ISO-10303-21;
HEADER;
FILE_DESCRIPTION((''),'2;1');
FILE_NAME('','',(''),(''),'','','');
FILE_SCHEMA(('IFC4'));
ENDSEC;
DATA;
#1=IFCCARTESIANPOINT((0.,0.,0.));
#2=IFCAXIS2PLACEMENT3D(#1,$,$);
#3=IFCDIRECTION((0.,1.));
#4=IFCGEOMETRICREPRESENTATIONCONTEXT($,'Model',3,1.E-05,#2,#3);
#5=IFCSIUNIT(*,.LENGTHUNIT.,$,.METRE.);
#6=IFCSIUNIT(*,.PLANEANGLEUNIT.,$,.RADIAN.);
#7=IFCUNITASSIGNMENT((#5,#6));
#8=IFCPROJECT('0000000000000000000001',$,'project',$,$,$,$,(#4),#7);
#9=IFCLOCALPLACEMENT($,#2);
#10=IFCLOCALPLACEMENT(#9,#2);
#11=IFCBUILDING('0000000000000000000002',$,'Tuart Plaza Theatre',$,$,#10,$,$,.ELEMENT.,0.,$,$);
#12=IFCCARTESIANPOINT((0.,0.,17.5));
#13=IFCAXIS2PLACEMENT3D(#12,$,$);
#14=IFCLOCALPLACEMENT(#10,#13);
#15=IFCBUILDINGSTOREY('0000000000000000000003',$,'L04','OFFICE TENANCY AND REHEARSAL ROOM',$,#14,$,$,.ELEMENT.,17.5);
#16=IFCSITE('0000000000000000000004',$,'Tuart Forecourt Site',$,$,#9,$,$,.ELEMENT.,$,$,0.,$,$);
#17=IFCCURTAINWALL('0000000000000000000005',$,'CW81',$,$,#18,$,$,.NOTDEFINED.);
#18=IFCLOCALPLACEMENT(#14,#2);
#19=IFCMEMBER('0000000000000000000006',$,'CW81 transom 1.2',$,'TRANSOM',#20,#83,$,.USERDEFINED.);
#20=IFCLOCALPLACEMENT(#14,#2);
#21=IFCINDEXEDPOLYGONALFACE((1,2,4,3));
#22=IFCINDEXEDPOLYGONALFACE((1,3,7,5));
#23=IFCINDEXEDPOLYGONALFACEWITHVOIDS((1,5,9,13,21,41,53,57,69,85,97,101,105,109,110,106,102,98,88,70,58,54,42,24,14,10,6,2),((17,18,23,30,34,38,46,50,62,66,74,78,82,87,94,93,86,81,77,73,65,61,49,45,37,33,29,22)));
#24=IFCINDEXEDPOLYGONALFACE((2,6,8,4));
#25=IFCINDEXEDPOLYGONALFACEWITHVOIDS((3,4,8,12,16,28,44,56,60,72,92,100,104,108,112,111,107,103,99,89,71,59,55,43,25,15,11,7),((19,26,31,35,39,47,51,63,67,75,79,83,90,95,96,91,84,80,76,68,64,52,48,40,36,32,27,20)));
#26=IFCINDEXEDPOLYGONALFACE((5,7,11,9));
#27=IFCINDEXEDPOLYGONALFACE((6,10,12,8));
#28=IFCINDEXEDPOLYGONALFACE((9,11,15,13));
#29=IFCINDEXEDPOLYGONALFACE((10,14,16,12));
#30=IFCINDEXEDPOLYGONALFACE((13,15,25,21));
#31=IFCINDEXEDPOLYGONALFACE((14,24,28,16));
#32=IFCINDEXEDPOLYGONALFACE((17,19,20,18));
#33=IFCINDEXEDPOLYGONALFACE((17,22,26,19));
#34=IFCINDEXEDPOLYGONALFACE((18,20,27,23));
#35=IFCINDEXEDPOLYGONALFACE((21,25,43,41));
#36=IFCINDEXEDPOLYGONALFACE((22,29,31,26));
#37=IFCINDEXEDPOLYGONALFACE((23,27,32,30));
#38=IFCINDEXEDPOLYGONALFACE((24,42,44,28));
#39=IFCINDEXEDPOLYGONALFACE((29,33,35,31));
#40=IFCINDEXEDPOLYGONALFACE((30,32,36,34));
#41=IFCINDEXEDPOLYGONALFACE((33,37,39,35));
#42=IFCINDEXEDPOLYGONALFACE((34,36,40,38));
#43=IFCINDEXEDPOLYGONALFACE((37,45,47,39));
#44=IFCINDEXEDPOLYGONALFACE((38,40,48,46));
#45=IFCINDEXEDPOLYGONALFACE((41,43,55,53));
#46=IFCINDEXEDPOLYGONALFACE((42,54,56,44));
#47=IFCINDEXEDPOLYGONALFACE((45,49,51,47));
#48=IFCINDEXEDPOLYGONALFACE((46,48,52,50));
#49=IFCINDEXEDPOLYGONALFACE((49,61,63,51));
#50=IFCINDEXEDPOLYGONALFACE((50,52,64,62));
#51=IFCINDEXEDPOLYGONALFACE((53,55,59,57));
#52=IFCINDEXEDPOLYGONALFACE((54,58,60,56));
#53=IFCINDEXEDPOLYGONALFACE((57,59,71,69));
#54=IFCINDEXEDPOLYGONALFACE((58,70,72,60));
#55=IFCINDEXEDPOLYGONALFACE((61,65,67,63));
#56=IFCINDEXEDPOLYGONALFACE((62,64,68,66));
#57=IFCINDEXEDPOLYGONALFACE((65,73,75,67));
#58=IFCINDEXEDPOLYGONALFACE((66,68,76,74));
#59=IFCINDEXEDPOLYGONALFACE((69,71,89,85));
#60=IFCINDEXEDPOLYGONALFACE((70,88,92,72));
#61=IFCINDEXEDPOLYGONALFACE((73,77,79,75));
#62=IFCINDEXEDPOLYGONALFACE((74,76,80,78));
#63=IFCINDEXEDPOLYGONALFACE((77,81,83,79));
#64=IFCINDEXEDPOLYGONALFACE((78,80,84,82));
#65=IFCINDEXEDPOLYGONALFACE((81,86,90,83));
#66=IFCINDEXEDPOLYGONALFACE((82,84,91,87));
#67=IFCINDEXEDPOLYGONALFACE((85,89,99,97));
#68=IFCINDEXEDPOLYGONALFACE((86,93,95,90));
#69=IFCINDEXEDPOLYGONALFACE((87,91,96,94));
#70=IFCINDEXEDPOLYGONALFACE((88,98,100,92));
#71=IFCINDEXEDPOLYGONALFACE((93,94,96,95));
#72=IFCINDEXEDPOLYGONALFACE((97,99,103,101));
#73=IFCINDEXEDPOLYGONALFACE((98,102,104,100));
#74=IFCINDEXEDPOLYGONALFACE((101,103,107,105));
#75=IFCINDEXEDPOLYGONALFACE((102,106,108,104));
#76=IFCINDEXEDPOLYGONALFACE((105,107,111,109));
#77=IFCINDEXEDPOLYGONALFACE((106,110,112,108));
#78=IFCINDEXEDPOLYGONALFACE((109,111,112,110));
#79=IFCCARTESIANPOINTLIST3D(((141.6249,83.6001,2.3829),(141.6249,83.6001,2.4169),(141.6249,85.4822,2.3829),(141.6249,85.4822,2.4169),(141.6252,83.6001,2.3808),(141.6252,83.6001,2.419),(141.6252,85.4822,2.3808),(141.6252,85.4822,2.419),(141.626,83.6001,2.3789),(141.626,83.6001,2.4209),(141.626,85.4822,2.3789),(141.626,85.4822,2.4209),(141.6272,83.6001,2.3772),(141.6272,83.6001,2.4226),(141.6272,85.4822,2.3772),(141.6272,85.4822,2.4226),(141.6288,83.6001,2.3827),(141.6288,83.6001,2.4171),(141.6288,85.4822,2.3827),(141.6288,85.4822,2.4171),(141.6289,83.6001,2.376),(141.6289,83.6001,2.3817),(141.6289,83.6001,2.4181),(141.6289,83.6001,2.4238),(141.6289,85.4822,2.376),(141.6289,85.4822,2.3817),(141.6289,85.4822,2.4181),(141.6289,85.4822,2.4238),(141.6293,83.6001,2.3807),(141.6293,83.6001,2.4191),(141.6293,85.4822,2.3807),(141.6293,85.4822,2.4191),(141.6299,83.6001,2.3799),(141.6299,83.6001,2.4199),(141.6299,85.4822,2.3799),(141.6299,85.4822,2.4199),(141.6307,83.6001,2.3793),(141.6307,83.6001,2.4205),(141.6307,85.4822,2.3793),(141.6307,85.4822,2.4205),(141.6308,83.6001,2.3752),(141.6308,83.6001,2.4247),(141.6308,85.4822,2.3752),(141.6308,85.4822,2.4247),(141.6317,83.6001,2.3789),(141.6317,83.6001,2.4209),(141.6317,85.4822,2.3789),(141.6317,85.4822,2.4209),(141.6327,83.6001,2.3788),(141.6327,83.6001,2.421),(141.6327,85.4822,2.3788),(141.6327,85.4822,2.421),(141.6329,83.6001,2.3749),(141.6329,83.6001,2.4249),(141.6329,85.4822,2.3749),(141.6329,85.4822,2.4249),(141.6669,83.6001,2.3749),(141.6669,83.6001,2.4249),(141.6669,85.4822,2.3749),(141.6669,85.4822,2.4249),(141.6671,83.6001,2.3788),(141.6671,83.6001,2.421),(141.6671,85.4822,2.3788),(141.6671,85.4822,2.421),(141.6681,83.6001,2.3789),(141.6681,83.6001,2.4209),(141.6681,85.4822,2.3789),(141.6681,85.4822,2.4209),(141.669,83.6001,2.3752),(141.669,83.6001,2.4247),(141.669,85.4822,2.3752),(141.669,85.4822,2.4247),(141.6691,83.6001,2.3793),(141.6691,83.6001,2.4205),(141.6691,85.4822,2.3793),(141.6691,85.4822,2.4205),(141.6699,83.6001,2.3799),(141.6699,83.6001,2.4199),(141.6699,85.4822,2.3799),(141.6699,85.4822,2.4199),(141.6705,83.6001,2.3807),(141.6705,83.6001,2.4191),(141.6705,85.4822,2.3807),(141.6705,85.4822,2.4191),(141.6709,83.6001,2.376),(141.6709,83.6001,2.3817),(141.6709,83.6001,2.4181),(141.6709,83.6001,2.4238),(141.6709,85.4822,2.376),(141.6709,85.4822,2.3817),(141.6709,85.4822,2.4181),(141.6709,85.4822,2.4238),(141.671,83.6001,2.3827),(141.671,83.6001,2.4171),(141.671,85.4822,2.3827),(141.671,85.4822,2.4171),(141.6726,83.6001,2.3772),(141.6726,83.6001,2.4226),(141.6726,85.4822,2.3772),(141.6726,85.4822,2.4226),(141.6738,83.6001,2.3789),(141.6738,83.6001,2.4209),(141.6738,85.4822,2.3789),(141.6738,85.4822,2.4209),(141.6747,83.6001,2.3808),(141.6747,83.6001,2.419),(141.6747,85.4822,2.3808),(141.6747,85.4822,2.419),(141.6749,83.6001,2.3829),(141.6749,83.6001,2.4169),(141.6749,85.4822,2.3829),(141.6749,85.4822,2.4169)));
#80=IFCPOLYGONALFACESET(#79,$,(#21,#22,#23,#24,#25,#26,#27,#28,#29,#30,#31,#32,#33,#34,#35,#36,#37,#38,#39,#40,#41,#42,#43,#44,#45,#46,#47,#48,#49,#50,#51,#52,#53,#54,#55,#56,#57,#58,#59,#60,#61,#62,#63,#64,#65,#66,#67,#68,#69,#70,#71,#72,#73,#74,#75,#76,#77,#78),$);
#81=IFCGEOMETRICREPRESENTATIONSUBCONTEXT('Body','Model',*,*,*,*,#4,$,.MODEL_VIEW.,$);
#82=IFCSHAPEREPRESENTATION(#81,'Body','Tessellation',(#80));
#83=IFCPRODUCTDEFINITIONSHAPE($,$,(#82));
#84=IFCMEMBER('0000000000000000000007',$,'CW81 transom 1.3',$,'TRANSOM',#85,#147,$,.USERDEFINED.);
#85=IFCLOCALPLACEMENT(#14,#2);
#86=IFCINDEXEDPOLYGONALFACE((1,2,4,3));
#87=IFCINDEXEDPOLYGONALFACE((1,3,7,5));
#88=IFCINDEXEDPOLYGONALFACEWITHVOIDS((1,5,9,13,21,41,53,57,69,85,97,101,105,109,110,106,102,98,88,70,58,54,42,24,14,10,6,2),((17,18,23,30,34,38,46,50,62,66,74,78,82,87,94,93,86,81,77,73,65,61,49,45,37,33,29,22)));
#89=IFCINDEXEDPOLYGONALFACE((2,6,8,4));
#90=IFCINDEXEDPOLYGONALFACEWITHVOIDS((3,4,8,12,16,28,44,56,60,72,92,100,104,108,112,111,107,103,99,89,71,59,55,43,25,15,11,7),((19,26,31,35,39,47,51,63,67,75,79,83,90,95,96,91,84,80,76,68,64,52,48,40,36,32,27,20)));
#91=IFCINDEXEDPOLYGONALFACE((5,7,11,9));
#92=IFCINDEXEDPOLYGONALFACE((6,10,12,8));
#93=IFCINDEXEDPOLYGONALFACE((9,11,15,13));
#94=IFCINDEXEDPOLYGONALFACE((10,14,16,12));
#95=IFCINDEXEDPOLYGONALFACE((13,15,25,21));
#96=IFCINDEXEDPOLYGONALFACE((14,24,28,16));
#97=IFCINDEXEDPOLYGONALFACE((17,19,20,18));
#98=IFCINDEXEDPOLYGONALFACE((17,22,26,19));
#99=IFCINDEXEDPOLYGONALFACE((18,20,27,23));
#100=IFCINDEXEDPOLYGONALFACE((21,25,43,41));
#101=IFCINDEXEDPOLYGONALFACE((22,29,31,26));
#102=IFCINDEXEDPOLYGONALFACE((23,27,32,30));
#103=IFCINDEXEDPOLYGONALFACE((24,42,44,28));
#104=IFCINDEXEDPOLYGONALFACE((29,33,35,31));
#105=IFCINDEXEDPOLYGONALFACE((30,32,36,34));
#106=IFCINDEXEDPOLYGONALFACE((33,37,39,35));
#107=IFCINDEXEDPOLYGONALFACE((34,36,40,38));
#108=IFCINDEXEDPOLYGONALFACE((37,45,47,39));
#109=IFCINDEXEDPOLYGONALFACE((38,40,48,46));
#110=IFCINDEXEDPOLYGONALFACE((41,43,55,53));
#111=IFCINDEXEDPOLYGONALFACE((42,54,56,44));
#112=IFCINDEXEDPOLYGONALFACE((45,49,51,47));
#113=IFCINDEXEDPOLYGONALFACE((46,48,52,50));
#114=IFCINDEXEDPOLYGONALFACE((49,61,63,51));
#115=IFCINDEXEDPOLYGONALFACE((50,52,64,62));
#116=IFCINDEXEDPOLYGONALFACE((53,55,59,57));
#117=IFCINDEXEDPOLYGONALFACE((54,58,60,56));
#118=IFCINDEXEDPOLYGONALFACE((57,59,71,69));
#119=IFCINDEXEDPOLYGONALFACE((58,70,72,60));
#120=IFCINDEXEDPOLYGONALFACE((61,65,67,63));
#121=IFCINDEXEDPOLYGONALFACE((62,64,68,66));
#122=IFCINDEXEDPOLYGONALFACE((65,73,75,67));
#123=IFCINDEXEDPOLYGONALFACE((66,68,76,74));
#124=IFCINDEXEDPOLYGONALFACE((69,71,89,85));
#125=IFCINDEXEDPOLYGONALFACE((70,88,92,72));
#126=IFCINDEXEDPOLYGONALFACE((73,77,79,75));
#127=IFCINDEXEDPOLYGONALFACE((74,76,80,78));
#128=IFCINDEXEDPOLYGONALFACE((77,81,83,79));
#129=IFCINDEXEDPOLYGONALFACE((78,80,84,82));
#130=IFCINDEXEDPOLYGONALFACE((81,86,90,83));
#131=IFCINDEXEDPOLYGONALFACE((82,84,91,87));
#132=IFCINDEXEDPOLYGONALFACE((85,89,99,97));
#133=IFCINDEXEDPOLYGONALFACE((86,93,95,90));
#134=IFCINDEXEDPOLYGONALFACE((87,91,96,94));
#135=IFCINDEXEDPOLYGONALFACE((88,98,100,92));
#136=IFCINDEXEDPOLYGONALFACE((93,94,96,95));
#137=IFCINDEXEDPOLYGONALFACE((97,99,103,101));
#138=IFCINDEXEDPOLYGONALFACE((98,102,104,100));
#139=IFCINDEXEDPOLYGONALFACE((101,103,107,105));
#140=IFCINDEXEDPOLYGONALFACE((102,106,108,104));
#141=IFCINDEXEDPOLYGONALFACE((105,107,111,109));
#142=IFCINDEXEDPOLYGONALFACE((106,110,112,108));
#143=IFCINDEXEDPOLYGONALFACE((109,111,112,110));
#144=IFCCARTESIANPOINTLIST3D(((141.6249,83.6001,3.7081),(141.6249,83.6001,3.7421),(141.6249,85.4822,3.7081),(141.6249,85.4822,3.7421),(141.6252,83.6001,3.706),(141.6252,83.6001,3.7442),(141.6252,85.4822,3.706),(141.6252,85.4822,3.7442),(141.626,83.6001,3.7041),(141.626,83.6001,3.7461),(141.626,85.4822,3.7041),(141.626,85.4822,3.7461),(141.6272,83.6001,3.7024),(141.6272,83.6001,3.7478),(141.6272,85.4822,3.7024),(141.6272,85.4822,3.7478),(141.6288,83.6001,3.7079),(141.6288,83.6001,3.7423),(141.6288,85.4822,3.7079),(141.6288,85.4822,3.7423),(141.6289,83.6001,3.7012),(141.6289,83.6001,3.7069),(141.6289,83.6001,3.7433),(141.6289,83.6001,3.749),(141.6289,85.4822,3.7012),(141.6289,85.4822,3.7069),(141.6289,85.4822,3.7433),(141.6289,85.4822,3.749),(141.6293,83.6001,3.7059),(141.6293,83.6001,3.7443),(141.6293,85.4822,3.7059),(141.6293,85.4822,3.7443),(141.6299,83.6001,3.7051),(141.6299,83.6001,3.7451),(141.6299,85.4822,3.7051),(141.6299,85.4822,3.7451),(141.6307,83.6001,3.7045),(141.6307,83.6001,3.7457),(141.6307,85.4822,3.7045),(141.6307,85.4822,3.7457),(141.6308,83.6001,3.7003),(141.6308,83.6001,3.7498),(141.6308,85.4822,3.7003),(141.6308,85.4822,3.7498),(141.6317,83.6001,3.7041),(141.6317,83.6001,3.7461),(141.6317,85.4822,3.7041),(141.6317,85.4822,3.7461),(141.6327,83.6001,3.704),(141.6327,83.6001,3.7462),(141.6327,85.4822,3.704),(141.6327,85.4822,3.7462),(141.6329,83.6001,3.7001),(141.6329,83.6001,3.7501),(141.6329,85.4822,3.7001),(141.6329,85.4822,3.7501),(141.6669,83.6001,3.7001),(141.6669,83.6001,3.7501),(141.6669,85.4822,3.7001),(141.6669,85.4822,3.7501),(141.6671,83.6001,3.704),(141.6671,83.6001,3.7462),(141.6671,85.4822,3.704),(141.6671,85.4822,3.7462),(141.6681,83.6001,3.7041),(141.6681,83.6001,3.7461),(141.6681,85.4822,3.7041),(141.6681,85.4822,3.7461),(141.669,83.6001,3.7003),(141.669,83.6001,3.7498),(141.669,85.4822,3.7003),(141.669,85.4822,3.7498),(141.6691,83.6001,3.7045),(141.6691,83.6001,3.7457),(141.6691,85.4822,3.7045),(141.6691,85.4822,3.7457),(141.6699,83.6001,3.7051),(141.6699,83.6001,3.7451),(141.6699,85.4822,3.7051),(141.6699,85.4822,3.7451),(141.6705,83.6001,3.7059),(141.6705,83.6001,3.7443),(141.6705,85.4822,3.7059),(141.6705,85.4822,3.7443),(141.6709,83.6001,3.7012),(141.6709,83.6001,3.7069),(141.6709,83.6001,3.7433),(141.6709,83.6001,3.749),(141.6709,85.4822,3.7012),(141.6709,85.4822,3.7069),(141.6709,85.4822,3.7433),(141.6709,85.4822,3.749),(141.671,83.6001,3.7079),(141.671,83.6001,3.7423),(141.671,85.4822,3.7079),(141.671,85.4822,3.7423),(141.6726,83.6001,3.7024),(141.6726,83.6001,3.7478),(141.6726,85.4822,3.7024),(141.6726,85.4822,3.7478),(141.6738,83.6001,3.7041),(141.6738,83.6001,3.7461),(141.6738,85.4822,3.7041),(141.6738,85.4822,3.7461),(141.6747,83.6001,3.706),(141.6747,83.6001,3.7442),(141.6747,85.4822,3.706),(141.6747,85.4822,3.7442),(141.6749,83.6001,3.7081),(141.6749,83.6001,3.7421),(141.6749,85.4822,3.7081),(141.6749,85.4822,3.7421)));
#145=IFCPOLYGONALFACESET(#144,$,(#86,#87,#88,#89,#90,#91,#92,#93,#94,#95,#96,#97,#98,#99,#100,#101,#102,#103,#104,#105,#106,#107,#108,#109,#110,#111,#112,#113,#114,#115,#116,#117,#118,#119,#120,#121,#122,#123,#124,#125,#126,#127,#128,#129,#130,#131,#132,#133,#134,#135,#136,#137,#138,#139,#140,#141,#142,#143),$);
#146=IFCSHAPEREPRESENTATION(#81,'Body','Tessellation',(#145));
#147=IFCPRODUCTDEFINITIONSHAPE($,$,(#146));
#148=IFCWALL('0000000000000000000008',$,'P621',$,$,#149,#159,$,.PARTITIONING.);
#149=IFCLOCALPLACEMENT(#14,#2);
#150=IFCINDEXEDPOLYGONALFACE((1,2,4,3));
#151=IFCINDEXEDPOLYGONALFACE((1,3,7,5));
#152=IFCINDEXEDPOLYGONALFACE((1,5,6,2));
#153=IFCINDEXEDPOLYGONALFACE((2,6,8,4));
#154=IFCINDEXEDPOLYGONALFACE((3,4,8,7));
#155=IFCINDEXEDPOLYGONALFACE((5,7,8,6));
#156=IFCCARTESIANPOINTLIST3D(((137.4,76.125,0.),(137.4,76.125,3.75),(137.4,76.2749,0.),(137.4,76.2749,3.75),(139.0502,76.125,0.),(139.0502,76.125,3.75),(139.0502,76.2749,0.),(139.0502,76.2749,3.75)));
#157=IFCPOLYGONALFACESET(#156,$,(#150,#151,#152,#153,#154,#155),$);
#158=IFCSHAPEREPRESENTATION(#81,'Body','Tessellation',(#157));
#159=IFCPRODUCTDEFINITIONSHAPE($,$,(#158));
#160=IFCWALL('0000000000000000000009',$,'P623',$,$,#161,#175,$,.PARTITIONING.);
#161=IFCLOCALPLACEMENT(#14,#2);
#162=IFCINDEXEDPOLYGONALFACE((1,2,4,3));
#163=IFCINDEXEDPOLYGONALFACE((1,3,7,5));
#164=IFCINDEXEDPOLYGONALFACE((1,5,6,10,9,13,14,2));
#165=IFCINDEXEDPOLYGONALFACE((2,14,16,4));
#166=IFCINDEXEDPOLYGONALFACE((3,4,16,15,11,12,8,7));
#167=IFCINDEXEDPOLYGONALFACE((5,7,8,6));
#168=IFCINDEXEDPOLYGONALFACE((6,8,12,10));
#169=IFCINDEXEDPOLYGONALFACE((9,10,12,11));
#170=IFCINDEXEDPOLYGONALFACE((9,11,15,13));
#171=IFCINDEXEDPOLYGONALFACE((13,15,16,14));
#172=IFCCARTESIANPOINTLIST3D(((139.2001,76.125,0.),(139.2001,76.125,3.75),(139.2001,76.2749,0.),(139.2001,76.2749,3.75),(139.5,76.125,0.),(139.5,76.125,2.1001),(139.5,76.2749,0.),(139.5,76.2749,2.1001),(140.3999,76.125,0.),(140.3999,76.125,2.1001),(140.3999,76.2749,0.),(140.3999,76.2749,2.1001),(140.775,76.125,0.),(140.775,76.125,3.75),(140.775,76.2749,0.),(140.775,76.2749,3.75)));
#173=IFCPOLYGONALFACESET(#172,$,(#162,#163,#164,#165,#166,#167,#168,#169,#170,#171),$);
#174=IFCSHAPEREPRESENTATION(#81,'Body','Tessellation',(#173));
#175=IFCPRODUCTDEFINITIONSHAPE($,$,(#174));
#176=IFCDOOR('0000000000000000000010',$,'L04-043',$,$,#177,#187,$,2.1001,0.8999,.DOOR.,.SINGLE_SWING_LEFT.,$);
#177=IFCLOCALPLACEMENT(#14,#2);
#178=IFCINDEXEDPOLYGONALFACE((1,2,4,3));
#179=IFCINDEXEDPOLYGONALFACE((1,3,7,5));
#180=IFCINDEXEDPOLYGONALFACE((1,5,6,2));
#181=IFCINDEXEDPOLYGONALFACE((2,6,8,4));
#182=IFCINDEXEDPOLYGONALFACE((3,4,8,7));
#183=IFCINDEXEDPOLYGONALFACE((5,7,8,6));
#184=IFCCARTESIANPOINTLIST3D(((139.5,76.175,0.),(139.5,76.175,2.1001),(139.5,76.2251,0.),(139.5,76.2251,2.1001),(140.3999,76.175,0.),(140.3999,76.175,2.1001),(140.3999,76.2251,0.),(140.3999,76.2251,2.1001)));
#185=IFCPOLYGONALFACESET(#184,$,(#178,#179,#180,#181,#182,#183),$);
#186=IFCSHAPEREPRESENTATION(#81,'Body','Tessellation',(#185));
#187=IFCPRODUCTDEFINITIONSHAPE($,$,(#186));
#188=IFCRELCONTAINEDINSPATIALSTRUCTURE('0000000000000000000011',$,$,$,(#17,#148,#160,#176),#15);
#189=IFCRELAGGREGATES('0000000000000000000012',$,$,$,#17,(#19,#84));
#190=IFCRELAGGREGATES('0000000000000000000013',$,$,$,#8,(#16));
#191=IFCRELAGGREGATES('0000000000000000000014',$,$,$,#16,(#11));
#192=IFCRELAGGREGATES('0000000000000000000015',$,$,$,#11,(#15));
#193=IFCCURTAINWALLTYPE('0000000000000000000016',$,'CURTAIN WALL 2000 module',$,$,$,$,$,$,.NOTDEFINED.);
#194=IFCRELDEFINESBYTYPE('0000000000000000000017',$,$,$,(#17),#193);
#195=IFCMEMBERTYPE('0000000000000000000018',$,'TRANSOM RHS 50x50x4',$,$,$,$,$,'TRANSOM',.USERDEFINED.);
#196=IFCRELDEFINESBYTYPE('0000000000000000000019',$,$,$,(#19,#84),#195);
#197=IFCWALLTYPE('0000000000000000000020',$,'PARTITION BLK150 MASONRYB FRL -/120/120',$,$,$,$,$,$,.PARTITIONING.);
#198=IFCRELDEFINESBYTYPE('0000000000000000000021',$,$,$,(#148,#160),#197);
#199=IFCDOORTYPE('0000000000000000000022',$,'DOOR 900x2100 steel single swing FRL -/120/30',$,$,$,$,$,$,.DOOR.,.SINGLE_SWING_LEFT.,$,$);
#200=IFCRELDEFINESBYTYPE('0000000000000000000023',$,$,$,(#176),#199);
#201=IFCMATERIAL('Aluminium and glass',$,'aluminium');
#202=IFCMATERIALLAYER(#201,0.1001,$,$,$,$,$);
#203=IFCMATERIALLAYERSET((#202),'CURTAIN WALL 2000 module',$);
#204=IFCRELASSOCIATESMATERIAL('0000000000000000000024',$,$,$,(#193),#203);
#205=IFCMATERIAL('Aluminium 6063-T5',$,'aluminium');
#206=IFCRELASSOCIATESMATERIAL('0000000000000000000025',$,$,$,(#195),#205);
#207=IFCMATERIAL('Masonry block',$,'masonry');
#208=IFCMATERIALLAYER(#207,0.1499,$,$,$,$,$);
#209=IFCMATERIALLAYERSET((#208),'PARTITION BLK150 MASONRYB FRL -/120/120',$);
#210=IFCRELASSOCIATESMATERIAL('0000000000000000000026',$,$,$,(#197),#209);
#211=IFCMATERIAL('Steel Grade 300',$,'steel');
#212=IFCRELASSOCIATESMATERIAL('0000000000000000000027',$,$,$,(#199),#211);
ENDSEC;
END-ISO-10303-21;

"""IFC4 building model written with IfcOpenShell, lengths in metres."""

from ifc_helpers import new_model, si_unit, direction, frame, frame_2d, origin, origin_2d, place, context, subcontext, project, spatial, rectangle, hollow_rectangle, extrude, material, layer, layer_set, material_profile, profile_set, type_object, element, fill, aggregate, save


model = new_model("IFC4")

# Units and contexts
model_context = context("Model", 3, precision=1e-05, world=origin(), true_north=direction((0.0, 1.0)))
body_context = subcontext(model_context, "Body", "Model", "MODEL_VIEW")
ifc_project = project(units=[si_unit("LENGTHUNIT", "METRE"), si_unit("PLANEANGLEUNIT", "RADIAN")], contexts=[model_context])

# Site, building, storey
site_placement = place(None, origin())
site = spatial("IfcSite", under=ifc_project, at=site_placement, Name="Tuart Forecourt Site", CompositionType="ELEMENT", RefElevation=0.0)
building_placement = place(site_placement, origin())
building = spatial("IfcBuilding", under=site, at=building_placement, Name="Tuart Plaza Theatre", CompositionType="ELEMENT", ElevationOfRefHeight=0.0)
storey_placement = place(building_placement, frame((0.0, 0.0, 17.5)))
storey = spatial("IfcBuildingStorey", under=building, at=storey_placement, Name="L04", Description="OFFICE TENANCY AND REHEARSAL ROOM", CompositionType="ELEMENT", Elevation=17.5)

# Curtain wall, members
ifc_material_1 = material(Name="Aluminium and glass", Category="aluminium")
ifc_layer_1 = layer(ifc_material_1, 0.1001)
ifc_layer_set_1 = layer_set([ifc_layer_1], Name="CURTAIN WALL 2000 module")
curtain_wall_type = type_object("IfcCurtainWallType", Name="CURTAIN WALL 2000 module", PredefinedType="NOTDEFINED", material=ifc_layer_set_1)
curtain_wall_placement = place(storey_placement, origin())
curtain_wall = element("IfcCurtainWall", 1, at=curtain_wall_placement, inside=storey, type_object=curtain_wall_type, Name="CW81", PredefinedType="NOTDEFINED")
ifc_material_2 = material(Name="Aluminium 6063-T5", Category="aluminium")
ifc_material_profile_1 = material_profile(ifc_material_2, hollow_rectangle(XDim=0.05, YDim=0.05, WallThickness=0.0039, InnerFilletRadius=0.0039, OuterFilletRadius=0.0081, at=origin_2d()), Name="RHS 50x50x4")
ifc_profile_set_1 = profile_set([ifc_material_profile_1], Name="Aluminium 6063-T5")
member_type_1 = type_object("IfcMemberType", Name="TRANSOM RHS 50x50x4", ElementType="TRANSOM", PredefinedType="USERDEFINED", material=ifc_profile_set_1)
member_1_placement = place(storey_placement, frame((141.6499, 83.6001, 2.3999), z_axis=(0.0, 1.0, 0.0), x_axis=(-1.0, 0.0, 0.0)))
member_1 = element("IfcMember", 2, at=member_1_placement, type_object=member_type_1, Name="CW81 transom 1.2", ObjectType="TRANSOM", PredefinedType="USERDEFINED", context=body_context, shape_type="SweptSolid", body=[
    extrude(hollow_rectangle(XDim=0.05, YDim=0.05, WallThickness=0.0039, InnerFilletRadius=0.0039, OuterFilletRadius=0.0081, at=origin_2d()), origin(), (0.0, 0.0, 1.0), 1.8821),
])
member_2_placement = place(storey_placement, frame((141.6499, 83.6001, 3.7251), z_axis=(0.0, 1.0, 0.0), x_axis=(-1.0, 0.0, 0.0)))
member_2 = element("IfcMember", 3, at=member_2_placement, type_object=member_type_1, Name="CW81 transom 1.3", ObjectType="TRANSOM", PredefinedType="USERDEFINED", context=body_context, shape_type="SweptSolid", body=[
    extrude(hollow_rectangle(XDim=0.05, YDim=0.05, WallThickness=0.0039, InnerFilletRadius=0.0039, OuterFilletRadius=0.0081, at=origin_2d()), origin(), (0.0, 0.0, 1.0), 1.8821),
])
aggregate(curtain_wall, [member_1, member_2])

# Wall
ifc_material_3 = material(Name="Masonry block", Category="masonry")
ifc_layer_2 = layer(ifc_material_3, 0.1499)
ifc_layer_set_2 = layer_set([ifc_layer_2], Name="PARTITION BLK150 MASONRYB FRL -/120/120")
wall_type_1 = type_object("IfcWallType", Name="PARTITION BLK150 MASONRYB FRL -/120/120", PredefinedType="PARTITIONING", material=ifc_layer_set_2)
wall_1_placement = place(storey_placement, frame((137.3999, 76.2, 0.0), z_axis=(0.0, 0.0, 1.0), x_axis=(1.0, 0.0, 0.0)))
element("IfcWall", 4, at=wall_1_placement, inside=storey, type_object=wall_type_1, Name="P621", PredefinedType="PARTITIONING", context=body_context, shape_type="SweptSolid", body=[
    extrude(rectangle(XDim=1.6501, YDim=0.1499, at=frame_2d((0.8252, 0.0))), origin(), (0.0, 0.0, 1.0), 3.75),
])

# Wall, opening, door
wall_2_placement = place(storey_placement, frame((139.2, 76.2, 0.0), z_axis=(0.0, 0.0, 1.0), x_axis=(1.0, 0.0, 0.0)))
wall_2 = element("IfcWall", 5, at=wall_2_placement, inside=storey, type_object=wall_type_1, Name="P623", PredefinedType="PARTITIONING", context=body_context, shape_type="SweptSolid", body=[
    extrude(rectangle(XDim=1.575, YDim=0.1499, at=frame_2d((0.7876, 0.0))), origin(), (0.0, 0.0, 1.0), 3.75),
])
opening_1_placement = place(wall_2_placement, frame((0.3, 0.0, 0.0)))
opening_1 = element("IfcOpeningElement", 6, at=opening_1_placement, cuts=wall_2, PredefinedType="OPENING", context=body_context, shape_type="SweptSolid", body=[
    extrude(rectangle(XDim=0.8999, YDim=2.1001, at=frame_2d((0.45, 1.05))), frame((0.0, 0.085, 0.0), z_axis=(0.0, -1.0, 0.0), x_axis=(1.0, 0.0, 0.0)), (0.0, 0.0, 1.0), 0.1699),
])
ifc_material_4 = material(Name="Steel Grade 300", Category="steel")
door_type_1 = type_object("IfcDoorType", Name="DOOR 900x2100 steel single swing FRL -/120/30", OperationType="SINGLE_SWING_LEFT", PredefinedType="DOOR", material=ifc_material_4)
door_1_placement = place(opening_1_placement, frame((0.8999, 0.0, 0.0), z_axis=(0.0, 0.0, 1.0), x_axis=(-1.0, 0.0, 0.0)))
door_1 = element("IfcDoor", 7, at=door_1_placement, inside=storey, type_object=door_type_1, Name="L04-043", OperationType="SINGLE_SWING_LEFT", OverallHeight=2.1001, OverallWidth=0.8999, PredefinedType="DOOR", context=body_context, shape_type="SweptSolid", body=[
    extrude(rectangle(XDim=0.8999, YDim=2.1001, at=frame_2d((0.45, 1.05))), frame((0.0, 0.0249, 0.0), z_axis=(0.0, -1.0, 0.0), x_axis=(1.0, 0.0, 0.0)), (0.0, 0.0, 1.0), 0.05),
])
fill(opening_1, door_1)

save(model, "model.ifc")
